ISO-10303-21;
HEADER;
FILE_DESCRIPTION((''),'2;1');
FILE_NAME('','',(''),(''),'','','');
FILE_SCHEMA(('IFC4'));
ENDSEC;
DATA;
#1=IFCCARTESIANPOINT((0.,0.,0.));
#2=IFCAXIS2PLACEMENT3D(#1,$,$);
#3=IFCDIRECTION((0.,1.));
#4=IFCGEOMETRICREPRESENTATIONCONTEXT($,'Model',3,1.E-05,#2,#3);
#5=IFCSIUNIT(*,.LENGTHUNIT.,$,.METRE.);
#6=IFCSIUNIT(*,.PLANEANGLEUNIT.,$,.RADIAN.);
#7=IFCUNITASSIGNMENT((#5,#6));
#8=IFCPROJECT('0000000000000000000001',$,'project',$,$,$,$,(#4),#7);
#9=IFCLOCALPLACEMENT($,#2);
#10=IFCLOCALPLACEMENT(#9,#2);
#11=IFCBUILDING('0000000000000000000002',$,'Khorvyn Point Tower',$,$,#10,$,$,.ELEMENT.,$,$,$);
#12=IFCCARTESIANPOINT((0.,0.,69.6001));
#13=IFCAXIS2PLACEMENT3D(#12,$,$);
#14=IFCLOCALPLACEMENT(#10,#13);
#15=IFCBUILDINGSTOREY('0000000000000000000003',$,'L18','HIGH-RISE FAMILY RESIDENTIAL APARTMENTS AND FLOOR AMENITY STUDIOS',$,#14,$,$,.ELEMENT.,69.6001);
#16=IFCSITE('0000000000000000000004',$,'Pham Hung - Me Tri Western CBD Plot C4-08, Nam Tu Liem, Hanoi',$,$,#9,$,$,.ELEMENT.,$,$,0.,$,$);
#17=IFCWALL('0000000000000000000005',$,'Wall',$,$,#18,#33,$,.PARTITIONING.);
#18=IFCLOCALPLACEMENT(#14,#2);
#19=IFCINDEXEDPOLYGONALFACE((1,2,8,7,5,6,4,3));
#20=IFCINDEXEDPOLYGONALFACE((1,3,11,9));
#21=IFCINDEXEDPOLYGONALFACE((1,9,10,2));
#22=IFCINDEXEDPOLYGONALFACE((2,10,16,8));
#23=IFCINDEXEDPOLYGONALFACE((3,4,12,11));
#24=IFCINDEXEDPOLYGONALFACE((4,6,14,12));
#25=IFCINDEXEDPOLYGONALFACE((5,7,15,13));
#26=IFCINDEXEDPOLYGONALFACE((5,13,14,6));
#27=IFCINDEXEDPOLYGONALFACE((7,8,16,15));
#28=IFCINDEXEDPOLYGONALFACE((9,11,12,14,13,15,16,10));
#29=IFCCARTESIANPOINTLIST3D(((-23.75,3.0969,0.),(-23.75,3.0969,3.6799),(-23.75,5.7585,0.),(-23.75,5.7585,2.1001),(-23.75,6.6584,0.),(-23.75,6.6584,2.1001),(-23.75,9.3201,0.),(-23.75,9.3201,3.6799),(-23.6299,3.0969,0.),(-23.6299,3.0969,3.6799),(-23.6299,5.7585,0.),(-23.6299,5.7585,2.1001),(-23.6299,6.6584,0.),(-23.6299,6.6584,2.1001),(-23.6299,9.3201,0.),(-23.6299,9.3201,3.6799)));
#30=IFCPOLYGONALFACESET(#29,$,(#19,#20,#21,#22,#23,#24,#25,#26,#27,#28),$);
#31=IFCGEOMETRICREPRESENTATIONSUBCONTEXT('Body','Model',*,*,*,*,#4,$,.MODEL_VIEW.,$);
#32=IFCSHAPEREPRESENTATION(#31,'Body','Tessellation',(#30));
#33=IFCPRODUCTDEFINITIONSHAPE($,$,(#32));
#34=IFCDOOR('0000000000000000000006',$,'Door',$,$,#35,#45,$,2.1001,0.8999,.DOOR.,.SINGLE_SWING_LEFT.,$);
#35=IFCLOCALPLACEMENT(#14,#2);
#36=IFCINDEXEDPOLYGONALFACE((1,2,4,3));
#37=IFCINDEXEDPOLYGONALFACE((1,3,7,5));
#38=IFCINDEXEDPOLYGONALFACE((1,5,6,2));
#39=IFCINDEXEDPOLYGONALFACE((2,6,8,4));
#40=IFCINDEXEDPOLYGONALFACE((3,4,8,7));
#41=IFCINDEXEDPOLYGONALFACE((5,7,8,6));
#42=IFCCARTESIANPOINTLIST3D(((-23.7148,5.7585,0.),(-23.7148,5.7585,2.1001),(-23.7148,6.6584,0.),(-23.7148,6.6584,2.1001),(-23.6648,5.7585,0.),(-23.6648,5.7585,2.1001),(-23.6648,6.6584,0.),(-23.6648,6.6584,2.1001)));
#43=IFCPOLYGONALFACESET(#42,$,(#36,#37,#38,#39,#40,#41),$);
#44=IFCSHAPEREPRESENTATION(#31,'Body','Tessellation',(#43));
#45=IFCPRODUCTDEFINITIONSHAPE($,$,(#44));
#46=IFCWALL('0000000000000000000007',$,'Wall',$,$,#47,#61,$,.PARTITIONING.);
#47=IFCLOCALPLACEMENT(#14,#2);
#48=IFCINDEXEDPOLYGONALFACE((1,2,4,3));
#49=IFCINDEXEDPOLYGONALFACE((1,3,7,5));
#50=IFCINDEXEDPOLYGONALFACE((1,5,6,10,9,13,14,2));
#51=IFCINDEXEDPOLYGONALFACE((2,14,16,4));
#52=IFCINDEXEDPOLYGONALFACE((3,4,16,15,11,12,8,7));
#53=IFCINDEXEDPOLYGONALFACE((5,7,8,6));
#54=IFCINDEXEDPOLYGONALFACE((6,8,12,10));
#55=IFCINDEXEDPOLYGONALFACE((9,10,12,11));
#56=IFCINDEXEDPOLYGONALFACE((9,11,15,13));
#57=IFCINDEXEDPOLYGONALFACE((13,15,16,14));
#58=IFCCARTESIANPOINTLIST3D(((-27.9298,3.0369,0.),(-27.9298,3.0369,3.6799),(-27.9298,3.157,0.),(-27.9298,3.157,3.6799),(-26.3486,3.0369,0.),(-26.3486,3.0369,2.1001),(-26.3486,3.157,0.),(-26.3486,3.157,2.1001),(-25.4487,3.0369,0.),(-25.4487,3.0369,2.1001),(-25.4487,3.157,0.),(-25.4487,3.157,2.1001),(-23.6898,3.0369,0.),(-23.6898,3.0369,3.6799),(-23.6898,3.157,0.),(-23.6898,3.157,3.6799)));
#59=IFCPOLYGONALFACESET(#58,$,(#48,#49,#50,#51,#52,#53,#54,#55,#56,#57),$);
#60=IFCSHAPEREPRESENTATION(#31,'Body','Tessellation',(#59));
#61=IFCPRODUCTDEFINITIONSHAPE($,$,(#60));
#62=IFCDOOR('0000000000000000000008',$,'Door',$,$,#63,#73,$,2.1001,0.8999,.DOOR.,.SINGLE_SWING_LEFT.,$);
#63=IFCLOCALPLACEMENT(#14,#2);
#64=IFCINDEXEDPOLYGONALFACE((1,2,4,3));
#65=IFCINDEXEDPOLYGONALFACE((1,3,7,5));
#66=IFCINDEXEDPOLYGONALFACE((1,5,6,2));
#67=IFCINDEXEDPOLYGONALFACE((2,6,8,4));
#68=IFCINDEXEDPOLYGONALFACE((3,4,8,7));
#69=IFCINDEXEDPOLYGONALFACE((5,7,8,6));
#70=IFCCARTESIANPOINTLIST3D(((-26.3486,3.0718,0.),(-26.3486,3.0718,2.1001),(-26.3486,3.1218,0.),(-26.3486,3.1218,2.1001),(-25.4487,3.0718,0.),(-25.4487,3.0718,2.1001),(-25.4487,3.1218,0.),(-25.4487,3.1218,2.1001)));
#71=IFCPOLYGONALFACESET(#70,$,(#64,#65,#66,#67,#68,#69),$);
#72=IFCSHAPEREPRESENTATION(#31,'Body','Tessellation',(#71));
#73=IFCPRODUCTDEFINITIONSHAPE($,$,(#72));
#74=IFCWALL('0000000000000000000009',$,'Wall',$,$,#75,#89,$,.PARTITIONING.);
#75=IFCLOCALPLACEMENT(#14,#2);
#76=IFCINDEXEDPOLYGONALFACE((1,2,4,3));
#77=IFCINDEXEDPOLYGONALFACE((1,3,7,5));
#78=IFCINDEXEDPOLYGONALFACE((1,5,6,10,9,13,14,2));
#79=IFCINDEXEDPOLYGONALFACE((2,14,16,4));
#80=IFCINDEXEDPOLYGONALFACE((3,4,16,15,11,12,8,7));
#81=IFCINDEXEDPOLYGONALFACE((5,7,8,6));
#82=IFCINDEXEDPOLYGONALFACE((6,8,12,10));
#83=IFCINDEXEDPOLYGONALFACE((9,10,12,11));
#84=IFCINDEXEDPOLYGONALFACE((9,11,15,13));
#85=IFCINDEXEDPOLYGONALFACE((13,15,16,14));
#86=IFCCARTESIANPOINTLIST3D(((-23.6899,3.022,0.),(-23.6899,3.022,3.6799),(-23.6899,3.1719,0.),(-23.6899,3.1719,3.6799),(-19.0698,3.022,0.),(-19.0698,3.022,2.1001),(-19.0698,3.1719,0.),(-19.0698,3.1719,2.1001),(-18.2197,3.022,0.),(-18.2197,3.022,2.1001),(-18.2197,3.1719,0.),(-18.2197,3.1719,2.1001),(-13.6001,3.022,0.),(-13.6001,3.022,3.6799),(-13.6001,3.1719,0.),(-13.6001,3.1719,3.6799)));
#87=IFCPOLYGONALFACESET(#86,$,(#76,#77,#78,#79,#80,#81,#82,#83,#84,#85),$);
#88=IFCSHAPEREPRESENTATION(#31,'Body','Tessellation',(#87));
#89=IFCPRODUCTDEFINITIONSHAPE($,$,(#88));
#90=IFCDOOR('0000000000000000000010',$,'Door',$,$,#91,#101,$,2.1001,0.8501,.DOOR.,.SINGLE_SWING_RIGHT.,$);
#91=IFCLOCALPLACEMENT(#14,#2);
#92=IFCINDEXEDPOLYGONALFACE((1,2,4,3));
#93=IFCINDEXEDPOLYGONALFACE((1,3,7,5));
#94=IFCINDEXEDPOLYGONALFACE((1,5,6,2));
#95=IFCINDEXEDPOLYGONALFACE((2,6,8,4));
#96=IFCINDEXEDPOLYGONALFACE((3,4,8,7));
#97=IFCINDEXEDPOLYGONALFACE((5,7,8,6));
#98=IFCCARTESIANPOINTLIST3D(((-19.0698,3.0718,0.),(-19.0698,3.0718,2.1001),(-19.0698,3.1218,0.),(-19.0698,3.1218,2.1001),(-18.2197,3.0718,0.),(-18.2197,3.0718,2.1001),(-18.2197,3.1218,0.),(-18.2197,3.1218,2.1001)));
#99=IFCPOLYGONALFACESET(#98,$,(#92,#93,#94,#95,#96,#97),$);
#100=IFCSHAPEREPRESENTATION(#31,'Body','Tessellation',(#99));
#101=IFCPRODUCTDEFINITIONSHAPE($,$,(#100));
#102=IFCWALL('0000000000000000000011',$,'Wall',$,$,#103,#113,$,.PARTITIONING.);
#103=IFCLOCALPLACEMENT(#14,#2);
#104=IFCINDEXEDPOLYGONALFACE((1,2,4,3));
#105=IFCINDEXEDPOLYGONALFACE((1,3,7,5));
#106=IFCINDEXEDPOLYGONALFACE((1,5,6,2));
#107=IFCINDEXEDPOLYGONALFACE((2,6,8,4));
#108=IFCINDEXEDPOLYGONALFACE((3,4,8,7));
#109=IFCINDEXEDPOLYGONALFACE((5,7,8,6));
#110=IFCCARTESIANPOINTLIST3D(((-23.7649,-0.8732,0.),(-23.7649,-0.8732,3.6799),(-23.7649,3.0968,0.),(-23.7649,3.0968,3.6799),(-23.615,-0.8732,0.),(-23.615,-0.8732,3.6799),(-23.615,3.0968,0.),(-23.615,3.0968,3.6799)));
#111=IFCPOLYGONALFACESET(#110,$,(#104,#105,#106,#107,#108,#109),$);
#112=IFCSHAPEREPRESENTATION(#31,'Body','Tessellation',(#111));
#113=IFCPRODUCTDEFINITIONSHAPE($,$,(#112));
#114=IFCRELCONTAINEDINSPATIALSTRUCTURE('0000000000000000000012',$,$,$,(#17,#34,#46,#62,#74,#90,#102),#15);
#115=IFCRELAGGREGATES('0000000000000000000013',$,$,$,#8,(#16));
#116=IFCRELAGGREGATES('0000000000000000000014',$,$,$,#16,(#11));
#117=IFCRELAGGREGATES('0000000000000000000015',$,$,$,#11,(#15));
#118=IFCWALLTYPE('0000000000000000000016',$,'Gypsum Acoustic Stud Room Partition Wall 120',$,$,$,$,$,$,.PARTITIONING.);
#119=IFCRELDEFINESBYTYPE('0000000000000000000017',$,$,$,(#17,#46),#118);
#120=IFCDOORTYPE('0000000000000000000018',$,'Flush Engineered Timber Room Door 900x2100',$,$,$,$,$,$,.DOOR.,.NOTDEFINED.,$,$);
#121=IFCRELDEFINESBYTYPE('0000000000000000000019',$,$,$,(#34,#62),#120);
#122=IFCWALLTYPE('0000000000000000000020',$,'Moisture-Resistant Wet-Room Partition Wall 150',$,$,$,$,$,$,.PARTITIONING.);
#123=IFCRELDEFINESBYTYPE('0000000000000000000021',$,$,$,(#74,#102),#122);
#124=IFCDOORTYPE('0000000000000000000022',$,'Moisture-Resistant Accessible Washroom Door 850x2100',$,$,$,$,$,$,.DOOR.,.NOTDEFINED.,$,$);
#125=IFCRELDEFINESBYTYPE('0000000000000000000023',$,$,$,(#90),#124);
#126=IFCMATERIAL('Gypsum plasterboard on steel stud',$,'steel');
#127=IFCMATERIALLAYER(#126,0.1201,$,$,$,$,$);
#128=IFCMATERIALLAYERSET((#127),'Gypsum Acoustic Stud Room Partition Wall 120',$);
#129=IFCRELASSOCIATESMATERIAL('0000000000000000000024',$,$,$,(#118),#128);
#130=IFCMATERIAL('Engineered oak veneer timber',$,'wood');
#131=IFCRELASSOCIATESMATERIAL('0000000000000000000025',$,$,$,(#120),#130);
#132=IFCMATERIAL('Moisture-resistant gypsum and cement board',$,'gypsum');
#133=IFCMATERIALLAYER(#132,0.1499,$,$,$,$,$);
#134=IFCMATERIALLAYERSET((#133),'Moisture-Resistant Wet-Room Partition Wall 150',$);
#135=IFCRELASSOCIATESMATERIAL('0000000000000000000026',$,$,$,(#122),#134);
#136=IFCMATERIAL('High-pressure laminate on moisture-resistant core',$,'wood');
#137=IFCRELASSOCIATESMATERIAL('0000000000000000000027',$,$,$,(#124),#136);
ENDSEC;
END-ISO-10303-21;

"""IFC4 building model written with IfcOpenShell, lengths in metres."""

from ifc_helpers import new_model, si_unit, direction, frame, frame_2d, origin, place, context, subcontext, project, spatial, rectangle, extrude, material, layer, layer_set, type_object, element, fill, save


model = new_model("IFC4")

# Units and contexts
model_context = context("Model", 3, precision=1e-05, world=origin(), true_north=direction((0.0, 1.0)))
body_context = subcontext(model_context, "Body", "Model", "MODEL_VIEW")
ifc_project = project(units=[si_unit("LENGTHUNIT", "METRE"), si_unit("PLANEANGLEUNIT", "RADIAN")], contexts=[model_context])

# Site, building, storey
site_placement = place(None, origin())
site = spatial("IfcSite", under=ifc_project, at=site_placement, Name="Pham Hung - Me Tri Western CBD Plot C4-08, Nam Tu Liem, Hanoi", CompositionType="ELEMENT", RefElevation=0.0)
building_placement = place(site_placement, origin())
building = spatial("IfcBuilding", under=site, at=building_placement, Name="Khorvyn Point Tower", CompositionType="ELEMENT")
storey_placement = place(building_placement, frame((0.0, 0.0, 69.6001)))
storey = spatial("IfcBuildingStorey", under=building, at=storey_placement, Name="L18", Description="HIGH-RISE FAMILY RESIDENTIAL APARTMENTS AND FLOOR AMENITY STUDIOS", CompositionType="ELEMENT", Elevation=69.6001)

# Walls, openings, doors
ifc_material_1 = material(Name="Gypsum plasterboard on steel stud", Category="steel")
ifc_layer_1 = layer(ifc_material_1, 0.1201)
ifc_layer_set_1 = layer_set([ifc_layer_1], Name="Gypsum Acoustic Stud Room Partition Wall 120")
wall_type_1 = type_object("IfcWallType", Name="Gypsum Acoustic Stud Room Partition Wall 120", PredefinedType="PARTITIONING", material=ifc_layer_set_1)
wall_1_placement = place(storey_placement, frame((-23.6899, 3.0969, 0.0), z_axis=(0.0, 0.0, 1.0), x_axis=(0.0, 1.0, 0.0)))
wall_1 = element("IfcWall", 1, at=wall_1_placement, inside=storey, type_object=wall_type_1, Name="Wall", PredefinedType="PARTITIONING", context=body_context, shape_type="SweptSolid", body=[
    extrude(rectangle(XDim=6.2231, YDim=0.1201, at=frame_2d((3.1116, 0.0))), origin(), (0.0, 0.0, 1.0), 3.6799),
])
opening_1_placement = place(wall_1_placement, frame((2.6616, 0.0, 0.0)))
opening_1 = element("IfcOpeningElement", 2, at=opening_1_placement, cuts=wall_1, PredefinedType="OPENING", context=body_context, shape_type="SweptSolid", body=[
    extrude(rectangle(XDim=0.8999, YDim=2.1001, at=frame_2d((0.45, 1.05))), frame((0.0, 0.0701, 0.0), z_axis=(0.0, -1.0, 0.0), x_axis=(1.0, 0.0, 0.0)), (0.0, 0.0, 1.0), 0.1401),
])
ifc_material_2 = material(Name="Engineered oak veneer timber", Category="wood")
door_type_1 = type_object("IfcDoorType", Name="Flush Engineered Timber Room Door 900x2100", OperationType="NOTDEFINED", PredefinedType="DOOR", material=ifc_material_2)
door_1_placement = place(opening_1_placement, origin())
door_1 = element("IfcDoor", 3, at=door_1_placement, inside=storey, type_object=door_type_1, Name="Door", OperationType="SINGLE_SWING_LEFT", OverallHeight=2.1001, OverallWidth=0.8999, PredefinedType="DOOR", context=body_context, shape_type="SweptSolid", body=[
    extrude(rectangle(XDim=0.8999, YDim=2.1001, at=frame_2d((0.45, 1.05))), frame((0.0, 0.0249, 0.0), z_axis=(0.0, -1.0, 0.0), x_axis=(1.0, 0.0, 0.0)), (0.0, 0.0, 1.0), 0.05),
])
fill(opening_1, door_1)
wall_2_placement = place(storey_placement, frame((-27.9299, 3.0969, 0.0), z_axis=(0.0, 0.0, 1.0), x_axis=(1.0, 0.0, 0.0)))
wall_2 = element("IfcWall", 4, at=wall_2_placement, inside=storey, type_object=wall_type_1, Name="Wall", PredefinedType="PARTITIONING", context=body_context, shape_type="SweptSolid", body=[
    extrude(rectangle(XDim=4.24, YDim=0.1201, at=frame_2d((2.1201, 0.0))), origin(), (0.0, 0.0, 1.0), 3.6799),
])
opening_2_placement = place(wall_2_placement, frame((1.5813, 0.0, 0.0)))
opening_2 = element("IfcOpeningElement", 5, at=opening_2_placement, cuts=wall_2, PredefinedType="OPENING", context=body_context, shape_type="SweptSolid", body=[
    extrude(rectangle(XDim=0.8999, YDim=2.1001, at=frame_2d((0.45, 1.05))), frame((0.0, 0.0701, 0.0), z_axis=(0.0, -1.0, 0.0), x_axis=(1.0, 0.0, 0.0)), (0.0, 0.0, 1.0), 0.1401),
])
door_2_placement = place(opening_2_placement, origin())
door_2 = element("IfcDoor", 6, at=door_2_placement, inside=storey, type_object=door_type_1, Name="Door", OperationType="SINGLE_SWING_LEFT", OverallHeight=2.1001, OverallWidth=0.8999, PredefinedType="DOOR", context=body_context, shape_type="SweptSolid", body=[
    extrude(rectangle(XDim=0.8999, YDim=2.1001, at=frame_2d((0.45, 1.05))), frame((0.0, 0.0249, 0.0), z_axis=(0.0, -1.0, 0.0), x_axis=(1.0, 0.0, 0.0)), (0.0, 0.0, 1.0), 0.05),
])
fill(opening_2, door_2)
ifc_material_3 = material(Name="Moisture-resistant gypsum and cement board", Category="gypsum")
ifc_layer_2 = layer(ifc_material_3, 0.1499)
ifc_layer_set_2 = layer_set([ifc_layer_2], Name="Moisture-Resistant Wet-Room Partition Wall 150")
wall_type_2 = type_object("IfcWallType", Name="Moisture-Resistant Wet-Room Partition Wall 150", PredefinedType="PARTITIONING", material=ifc_layer_set_2)
wall_3_placement = place(storey_placement, frame((-23.6899, 3.0969, 0.0), z_axis=(0.0, 0.0, 1.0), x_axis=(1.0, 0.0, 0.0)))
wall_3 = element("IfcWall", 7, at=wall_3_placement, inside=storey, type_object=wall_type_2, Name="Wall", PredefinedType="PARTITIONING", context=body_context, shape_type="SweptSolid", body=[
    extrude(rectangle(XDim=10.0898, YDim=0.1499, at=frame_2d((5.0449, 0.0))), origin(), (0.0, 0.0, 1.0), 3.6799),
])
opening_3_placement = place(wall_3_placement, frame((4.6201, 0.0, 0.0)))
opening_3 = element("IfcOpeningElement", 8, at=opening_3_placement, cuts=wall_3, PredefinedType="OPENING", context=body_context, shape_type="SweptSolid", body=[
    extrude(rectangle(XDim=0.8501, YDim=2.1001, at=frame_2d((0.425, 1.05))), frame((0.0, 0.085, 0.0), z_axis=(0.0, -1.0, 0.0), x_axis=(1.0, 0.0, 0.0)), (0.0, 0.0, 1.0), 0.1699),
])
ifc_material_4 = material(Name="High-pressure laminate on moisture-resistant core", Category="wood")
door_type_2 = type_object("IfcDoorType", Name="Moisture-Resistant Accessible Washroom Door 850x2100", OperationType="NOTDEFINED", PredefinedType="DOOR", material=ifc_material_4)
door_3_placement = place(opening_3_placement, origin())
door_3 = element("IfcDoor", 9, at=door_3_placement, inside=storey, type_object=door_type_2, Name="Door", OperationType="SINGLE_SWING_RIGHT", OverallHeight=2.1001, OverallWidth=0.8501, PredefinedType="DOOR", context=body_context, shape_type="SweptSolid", body=[
    extrude(rectangle(XDim=0.8501, YDim=2.1001, at=frame_2d((0.425, 1.05))), frame((0.0, 0.0249, 0.0), z_axis=(0.0, -1.0, 0.0), x_axis=(1.0, 0.0, 0.0)), (0.0, 0.0, 1.0), 0.05),
])
fill(opening_3, door_3)

# Wall
wall_4_placement = place(storey_placement, frame((-23.6899, -0.873, 0.0), z_axis=(0.0, 0.0, 1.0), x_axis=(0.0, 1.0, 0.0)))
element("IfcWall", 10, at=wall_4_placement, inside=storey, type_object=wall_type_2, Name="Wall", PredefinedType="PARTITIONING", context=body_context, shape_type="SweptSolid", body=[
    extrude(rectangle(XDim=3.97, YDim=0.1499, at=frame_2d((1.9849, 0.0))), origin(), (0.0, 0.0, 1.0), 3.6799),
])

save(model, "model.ifc")
